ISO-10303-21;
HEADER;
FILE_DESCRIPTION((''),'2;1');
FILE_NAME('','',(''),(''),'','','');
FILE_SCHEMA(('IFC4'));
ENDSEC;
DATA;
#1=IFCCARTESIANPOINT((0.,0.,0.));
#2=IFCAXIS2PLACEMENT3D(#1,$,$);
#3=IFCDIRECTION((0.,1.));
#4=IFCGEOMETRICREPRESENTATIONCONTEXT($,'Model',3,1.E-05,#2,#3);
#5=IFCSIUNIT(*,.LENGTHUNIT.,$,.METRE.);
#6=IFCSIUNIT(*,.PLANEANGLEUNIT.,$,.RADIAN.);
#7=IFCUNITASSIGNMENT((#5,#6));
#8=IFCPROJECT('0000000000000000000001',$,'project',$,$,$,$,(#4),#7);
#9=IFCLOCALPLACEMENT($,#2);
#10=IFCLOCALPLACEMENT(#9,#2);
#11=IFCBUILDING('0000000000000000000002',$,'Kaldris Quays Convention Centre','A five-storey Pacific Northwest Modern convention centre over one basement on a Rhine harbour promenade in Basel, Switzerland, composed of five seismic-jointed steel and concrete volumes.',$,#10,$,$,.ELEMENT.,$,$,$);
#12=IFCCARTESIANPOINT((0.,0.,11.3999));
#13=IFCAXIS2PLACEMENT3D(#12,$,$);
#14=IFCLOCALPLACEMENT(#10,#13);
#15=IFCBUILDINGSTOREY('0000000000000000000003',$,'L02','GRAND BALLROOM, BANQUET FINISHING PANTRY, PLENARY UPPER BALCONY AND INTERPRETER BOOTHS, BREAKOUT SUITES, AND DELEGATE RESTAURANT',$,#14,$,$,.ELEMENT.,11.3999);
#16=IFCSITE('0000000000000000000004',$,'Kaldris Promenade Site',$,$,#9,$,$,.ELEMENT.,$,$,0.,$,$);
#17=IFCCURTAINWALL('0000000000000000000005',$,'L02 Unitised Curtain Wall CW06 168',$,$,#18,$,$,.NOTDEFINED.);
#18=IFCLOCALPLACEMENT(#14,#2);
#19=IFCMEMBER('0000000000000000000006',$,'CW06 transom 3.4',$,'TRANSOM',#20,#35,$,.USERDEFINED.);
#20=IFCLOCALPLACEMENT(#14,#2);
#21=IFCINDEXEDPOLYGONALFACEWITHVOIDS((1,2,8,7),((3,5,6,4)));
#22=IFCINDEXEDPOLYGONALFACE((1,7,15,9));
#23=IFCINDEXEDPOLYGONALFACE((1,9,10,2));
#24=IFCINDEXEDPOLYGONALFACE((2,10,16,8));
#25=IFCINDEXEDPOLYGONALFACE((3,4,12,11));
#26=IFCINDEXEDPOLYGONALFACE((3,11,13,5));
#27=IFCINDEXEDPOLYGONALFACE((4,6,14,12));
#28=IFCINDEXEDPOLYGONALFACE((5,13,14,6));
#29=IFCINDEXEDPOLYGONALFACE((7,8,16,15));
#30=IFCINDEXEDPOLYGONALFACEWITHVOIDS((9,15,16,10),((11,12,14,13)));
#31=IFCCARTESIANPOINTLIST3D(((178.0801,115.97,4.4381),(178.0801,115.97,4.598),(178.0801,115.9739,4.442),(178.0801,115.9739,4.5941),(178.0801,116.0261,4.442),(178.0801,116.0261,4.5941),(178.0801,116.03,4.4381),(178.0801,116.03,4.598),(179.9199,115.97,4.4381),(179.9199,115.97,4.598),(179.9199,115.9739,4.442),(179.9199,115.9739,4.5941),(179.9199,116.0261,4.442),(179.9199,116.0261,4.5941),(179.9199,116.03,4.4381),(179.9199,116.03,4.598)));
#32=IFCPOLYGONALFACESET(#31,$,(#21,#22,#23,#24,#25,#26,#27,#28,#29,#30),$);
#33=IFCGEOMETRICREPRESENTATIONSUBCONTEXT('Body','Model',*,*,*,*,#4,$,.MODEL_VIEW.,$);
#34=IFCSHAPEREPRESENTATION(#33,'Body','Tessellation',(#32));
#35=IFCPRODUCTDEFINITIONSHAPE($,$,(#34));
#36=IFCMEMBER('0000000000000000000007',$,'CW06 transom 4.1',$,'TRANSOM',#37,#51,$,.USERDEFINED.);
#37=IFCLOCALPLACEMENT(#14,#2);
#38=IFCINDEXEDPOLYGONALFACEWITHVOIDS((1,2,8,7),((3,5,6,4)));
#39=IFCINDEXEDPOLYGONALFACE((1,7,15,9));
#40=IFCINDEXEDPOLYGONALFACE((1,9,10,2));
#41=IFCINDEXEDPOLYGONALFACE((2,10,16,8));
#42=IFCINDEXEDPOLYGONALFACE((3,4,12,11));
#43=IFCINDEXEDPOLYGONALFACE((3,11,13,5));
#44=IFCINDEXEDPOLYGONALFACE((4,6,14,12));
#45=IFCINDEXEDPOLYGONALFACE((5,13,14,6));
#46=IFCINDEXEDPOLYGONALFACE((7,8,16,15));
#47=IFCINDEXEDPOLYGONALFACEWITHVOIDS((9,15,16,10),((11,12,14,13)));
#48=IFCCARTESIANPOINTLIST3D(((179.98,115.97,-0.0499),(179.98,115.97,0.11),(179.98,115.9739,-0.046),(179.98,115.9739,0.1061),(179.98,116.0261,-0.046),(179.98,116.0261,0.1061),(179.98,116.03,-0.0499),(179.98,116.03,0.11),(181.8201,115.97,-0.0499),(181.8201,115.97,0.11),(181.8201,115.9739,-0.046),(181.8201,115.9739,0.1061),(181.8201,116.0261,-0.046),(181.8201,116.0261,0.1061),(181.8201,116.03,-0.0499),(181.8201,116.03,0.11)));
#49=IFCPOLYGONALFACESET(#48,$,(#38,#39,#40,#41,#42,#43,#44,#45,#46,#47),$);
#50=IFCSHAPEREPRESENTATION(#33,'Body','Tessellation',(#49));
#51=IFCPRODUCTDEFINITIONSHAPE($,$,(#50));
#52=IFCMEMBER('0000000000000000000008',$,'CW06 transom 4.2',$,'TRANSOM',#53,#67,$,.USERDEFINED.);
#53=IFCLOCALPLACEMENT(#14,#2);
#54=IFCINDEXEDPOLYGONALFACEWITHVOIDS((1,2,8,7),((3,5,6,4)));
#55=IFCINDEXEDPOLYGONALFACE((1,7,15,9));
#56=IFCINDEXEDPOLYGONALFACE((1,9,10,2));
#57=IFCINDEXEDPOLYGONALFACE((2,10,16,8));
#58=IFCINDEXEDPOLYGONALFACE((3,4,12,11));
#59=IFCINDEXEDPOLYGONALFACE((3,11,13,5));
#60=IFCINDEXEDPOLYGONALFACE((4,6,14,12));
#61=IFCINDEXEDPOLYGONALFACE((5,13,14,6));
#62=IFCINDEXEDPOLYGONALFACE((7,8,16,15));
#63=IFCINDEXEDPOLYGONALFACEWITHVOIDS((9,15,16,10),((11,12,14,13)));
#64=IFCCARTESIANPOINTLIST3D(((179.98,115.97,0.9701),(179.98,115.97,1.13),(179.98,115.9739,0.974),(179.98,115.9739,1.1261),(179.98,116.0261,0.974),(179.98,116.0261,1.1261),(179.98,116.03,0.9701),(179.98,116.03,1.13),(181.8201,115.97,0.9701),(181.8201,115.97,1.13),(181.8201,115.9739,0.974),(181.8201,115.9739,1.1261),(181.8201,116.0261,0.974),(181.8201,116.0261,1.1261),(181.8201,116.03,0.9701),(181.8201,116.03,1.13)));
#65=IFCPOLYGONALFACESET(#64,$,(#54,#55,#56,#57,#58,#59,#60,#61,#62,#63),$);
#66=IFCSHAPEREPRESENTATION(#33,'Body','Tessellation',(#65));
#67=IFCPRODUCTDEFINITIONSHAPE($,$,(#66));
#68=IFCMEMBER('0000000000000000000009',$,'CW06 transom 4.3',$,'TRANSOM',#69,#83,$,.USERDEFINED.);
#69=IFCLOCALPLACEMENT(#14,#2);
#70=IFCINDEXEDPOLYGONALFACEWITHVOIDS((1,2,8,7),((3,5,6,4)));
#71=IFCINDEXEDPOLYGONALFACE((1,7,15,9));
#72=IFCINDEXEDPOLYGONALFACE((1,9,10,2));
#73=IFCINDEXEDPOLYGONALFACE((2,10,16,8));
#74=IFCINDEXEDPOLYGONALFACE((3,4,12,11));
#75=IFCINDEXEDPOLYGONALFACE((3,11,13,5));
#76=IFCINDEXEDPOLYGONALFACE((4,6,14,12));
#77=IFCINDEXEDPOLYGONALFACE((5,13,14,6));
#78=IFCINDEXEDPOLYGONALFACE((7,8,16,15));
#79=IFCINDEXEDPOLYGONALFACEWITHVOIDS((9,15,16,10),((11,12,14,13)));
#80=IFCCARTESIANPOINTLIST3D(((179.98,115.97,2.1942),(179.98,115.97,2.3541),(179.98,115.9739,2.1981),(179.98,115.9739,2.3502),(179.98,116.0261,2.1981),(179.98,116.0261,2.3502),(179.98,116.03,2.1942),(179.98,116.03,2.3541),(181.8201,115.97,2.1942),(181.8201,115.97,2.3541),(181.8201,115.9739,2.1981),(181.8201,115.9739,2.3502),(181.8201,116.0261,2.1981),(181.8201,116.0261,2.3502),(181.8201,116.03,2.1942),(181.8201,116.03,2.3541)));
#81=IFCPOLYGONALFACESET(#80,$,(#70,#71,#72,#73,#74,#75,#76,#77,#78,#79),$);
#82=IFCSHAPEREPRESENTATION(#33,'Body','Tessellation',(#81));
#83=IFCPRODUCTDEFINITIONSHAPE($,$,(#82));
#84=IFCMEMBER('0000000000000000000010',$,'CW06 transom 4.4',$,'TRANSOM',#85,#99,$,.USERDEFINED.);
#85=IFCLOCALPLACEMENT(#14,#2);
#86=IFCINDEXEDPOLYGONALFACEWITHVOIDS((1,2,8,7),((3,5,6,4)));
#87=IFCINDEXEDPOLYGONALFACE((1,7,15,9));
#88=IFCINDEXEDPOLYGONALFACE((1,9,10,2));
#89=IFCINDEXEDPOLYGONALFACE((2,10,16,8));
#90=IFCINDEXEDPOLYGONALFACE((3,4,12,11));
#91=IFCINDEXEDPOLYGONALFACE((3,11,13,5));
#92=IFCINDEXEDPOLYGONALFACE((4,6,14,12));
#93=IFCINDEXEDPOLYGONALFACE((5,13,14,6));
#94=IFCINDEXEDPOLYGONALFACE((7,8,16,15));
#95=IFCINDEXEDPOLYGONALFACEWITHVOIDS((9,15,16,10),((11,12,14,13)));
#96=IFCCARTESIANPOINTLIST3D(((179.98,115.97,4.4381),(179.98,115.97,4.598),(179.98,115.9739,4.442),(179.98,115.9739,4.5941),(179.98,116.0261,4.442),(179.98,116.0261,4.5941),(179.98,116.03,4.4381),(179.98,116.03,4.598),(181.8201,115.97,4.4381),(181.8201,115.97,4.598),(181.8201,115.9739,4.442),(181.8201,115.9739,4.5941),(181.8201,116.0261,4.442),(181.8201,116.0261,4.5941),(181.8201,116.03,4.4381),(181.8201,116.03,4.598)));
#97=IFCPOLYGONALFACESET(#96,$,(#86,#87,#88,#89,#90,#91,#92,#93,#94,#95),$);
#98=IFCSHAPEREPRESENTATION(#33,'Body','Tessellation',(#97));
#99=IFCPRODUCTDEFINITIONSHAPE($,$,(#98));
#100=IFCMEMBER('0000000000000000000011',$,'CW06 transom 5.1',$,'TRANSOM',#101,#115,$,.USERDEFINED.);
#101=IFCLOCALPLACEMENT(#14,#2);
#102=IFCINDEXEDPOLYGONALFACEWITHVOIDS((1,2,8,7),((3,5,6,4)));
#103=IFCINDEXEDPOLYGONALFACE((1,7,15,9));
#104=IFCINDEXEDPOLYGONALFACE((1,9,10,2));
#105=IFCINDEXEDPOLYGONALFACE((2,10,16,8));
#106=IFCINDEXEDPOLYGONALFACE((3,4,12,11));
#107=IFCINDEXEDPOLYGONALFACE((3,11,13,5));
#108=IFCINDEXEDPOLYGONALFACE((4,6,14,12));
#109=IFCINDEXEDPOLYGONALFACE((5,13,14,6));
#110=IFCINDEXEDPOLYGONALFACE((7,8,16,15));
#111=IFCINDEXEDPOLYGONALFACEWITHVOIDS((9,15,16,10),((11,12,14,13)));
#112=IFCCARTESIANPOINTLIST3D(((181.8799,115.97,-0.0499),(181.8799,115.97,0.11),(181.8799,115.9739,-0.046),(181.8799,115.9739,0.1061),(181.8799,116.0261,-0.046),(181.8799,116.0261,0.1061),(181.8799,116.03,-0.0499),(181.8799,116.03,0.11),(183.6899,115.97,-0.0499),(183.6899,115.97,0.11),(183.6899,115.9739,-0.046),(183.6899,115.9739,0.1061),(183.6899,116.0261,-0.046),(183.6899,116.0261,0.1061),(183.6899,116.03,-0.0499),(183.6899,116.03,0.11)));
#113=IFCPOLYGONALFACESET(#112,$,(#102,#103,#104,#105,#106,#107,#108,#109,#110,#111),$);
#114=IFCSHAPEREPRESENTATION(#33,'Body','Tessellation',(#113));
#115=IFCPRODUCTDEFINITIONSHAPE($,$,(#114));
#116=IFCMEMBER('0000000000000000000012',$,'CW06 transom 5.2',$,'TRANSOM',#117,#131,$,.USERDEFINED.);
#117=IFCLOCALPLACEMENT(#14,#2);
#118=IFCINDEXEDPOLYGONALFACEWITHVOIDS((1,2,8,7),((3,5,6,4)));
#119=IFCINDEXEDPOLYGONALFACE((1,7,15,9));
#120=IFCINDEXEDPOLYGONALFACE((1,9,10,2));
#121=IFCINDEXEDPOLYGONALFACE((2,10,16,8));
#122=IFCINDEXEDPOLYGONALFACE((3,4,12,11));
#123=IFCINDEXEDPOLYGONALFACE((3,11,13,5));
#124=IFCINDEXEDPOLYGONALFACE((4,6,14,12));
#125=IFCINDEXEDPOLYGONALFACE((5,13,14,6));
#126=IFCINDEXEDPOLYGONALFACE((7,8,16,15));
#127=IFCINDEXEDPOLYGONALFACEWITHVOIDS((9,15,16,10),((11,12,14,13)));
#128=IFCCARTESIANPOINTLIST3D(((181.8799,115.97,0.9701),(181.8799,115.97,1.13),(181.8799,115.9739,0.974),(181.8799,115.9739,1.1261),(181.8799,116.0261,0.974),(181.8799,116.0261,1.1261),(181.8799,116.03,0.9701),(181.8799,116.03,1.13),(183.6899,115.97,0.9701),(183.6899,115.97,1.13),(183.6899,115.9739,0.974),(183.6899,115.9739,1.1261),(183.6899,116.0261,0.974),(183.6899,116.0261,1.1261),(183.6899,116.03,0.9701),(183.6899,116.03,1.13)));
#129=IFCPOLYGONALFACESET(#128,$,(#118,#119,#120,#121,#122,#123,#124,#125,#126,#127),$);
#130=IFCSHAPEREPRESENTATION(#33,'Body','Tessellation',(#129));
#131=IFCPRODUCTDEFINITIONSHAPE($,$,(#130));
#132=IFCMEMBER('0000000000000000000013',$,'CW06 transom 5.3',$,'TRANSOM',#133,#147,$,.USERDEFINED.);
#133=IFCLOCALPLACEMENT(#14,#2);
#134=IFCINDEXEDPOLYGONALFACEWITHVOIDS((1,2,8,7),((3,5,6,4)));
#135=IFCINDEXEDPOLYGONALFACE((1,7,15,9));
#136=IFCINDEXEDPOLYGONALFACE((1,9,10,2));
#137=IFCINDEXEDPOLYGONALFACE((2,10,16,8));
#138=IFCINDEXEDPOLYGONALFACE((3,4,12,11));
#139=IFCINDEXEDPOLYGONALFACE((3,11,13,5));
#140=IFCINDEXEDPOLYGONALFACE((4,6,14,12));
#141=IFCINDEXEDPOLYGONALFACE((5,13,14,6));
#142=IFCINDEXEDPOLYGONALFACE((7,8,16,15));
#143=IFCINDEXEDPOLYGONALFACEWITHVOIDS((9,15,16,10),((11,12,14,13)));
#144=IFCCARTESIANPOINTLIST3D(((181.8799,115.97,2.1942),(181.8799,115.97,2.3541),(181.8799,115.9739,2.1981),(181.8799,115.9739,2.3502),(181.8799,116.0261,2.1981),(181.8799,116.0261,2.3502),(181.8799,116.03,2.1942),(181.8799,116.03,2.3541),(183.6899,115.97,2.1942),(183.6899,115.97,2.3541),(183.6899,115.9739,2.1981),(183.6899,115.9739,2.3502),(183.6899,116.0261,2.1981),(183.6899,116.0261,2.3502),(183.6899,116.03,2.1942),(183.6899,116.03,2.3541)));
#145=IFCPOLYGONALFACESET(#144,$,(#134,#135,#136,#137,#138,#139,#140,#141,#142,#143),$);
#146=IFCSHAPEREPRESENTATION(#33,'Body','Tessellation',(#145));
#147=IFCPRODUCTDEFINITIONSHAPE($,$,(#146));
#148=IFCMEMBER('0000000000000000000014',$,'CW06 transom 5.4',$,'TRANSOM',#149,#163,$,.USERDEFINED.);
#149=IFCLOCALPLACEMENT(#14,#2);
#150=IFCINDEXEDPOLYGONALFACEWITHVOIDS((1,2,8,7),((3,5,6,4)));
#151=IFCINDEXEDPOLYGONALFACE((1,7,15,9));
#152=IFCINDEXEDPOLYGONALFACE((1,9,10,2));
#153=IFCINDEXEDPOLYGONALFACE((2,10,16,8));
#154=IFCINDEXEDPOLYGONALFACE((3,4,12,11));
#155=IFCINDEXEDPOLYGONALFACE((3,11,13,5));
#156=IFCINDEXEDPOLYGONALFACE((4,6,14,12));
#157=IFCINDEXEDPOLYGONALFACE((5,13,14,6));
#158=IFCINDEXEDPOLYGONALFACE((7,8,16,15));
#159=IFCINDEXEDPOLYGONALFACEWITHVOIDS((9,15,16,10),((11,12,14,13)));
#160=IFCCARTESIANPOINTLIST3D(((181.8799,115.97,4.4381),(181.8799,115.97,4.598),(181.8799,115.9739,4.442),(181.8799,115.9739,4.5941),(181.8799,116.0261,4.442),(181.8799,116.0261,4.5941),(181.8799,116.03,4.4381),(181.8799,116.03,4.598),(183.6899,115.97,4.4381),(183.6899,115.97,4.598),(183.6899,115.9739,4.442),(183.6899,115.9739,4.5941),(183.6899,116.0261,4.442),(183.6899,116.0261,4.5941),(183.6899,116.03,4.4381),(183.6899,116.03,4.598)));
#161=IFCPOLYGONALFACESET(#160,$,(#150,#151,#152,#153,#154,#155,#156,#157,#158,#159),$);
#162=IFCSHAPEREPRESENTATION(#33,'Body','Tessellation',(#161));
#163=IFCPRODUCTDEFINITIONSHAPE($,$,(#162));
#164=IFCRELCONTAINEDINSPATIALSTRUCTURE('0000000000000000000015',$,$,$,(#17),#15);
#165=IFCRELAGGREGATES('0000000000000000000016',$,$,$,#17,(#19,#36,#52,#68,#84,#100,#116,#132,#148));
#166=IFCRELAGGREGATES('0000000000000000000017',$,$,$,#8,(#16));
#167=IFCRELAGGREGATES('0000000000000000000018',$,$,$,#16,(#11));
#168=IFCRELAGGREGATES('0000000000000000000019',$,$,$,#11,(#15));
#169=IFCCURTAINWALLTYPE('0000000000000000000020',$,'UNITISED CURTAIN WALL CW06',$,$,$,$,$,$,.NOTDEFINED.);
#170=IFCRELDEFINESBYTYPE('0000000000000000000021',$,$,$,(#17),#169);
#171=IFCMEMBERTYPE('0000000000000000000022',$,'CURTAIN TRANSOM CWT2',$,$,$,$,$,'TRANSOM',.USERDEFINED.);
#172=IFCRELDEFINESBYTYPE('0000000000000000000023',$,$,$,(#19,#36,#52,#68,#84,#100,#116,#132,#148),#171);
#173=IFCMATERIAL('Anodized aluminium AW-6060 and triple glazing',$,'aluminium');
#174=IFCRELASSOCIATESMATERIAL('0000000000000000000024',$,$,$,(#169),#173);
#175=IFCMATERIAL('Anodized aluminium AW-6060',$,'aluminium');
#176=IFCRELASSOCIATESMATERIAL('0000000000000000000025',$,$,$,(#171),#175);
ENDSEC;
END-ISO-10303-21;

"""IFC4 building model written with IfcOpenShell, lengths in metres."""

from ifc_helpers import new_model, si_unit, direction, frame, origin, origin_2d, place, context, subcontext, project, spatial, hollow_rectangle, extrude, material, material_profile, profile_set, type_object, element, aggregate, save


model = new_model("IFC4")

# Units and contexts
model_context = context("Model", 3, precision=1e-05, world=origin(), true_north=direction((0.0, 1.0)))
body_context = subcontext(model_context, "Body", "Model", "MODEL_VIEW")
ifc_project = project(units=[si_unit("LENGTHUNIT", "METRE"), si_unit("PLANEANGLEUNIT", "RADIAN")], contexts=[model_context])

# Site, building, storey
site_placement = place(None, origin())
site = spatial("IfcSite", under=ifc_project, at=site_placement, Name="Kaldris Promenade Site", CompositionType="ELEMENT", RefElevation=0.0)
building_placement = place(site_placement, origin())
building = spatial("IfcBuilding", under=site, at=building_placement, Name="Kaldris Quays Convention Centre", Description="A five-storey Pacific Northwest Modern convention centre over one basement on a Rhine harbour promenade in Basel, Switzerland, composed of five seismic-jointed steel and concrete volumes.", CompositionType="ELEMENT")
storey_placement = place(building_placement, frame((0.0, 0.0, 11.3999)))
storey = spatial("IfcBuildingStorey", under=building, at=storey_placement, Name="L02", Description="GRAND BALLROOM, BANQUET FINISHING PANTRY, PLENARY UPPER BALCONY AND INTERPRETER BOOTHS, BREAKOUT SUITES, AND DELEGATE RESTAURANT", CompositionType="ELEMENT", Elevation=11.3999)

# Curtain wall
ifc_material_1 = material(Name="Anodized aluminium AW-6060 and triple glazing", Category="aluminium")
curtain_wall_type = type_object("IfcCurtainWallType", Name="UNITISED CURTAIN WALL CW06", PredefinedType="NOTDEFINED", material=ifc_material_1)
curtain_wall_1_placement = place(storey_placement, origin())
curtain_wall_1 = element("IfcCurtainWall", 1, at=curtain_wall_1_placement, inside=storey, type_object=curtain_wall_type, Name="L02 Unitised Curtain Wall CW06 168", PredefinedType="NOTDEFINED")
ifc_material_2 = material(Name="Anodized aluminium AW-6060", Category="aluminium")

# Members
ifc_material_profile_1 = material_profile(ifc_material_2, hollow_rectangle(XDim=0.0601, YDim=0.1599, WallThickness=0.0039, at=origin_2d()), Name="RHS 160x60x4")
ifc_profile_set_1 = profile_set([ifc_material_profile_1], Name="Anodized aluminium AW-6060")
member_type_1 = type_object("IfcMemberType", Name="CURTAIN TRANSOM CWT2", ElementType="TRANSOM", PredefinedType="USERDEFINED", material=ifc_profile_set_1)
member_1_placement = place(storey_placement, frame((178.0801, 116.0, 4.5181), z_axis=(1.0, 0.0, 0.0), x_axis=(0.0, 1.0, 0.0)))
member_1 = element("IfcMember", 2, at=member_1_placement, type_object=member_type_1, Name="CW06 transom 3.4", ObjectType="TRANSOM", PredefinedType="USERDEFINED", context=body_context, shape_type="SweptSolid", body=[
    extrude(hollow_rectangle(XDim=0.0601, YDim=0.1599, WallThickness=0.0039, at=origin_2d()), origin(), (0.0, 0.0, 1.0), 1.8398),
])
member_2_placement = place(storey_placement, frame((179.98, 116.0, 0.03), z_axis=(1.0, 0.0, 0.0), x_axis=(0.0, 1.0, 0.0)))
member_2 = element("IfcMember", 3, at=member_2_placement, type_object=member_type_1, Name="CW06 transom 4.1", ObjectType="TRANSOM", PredefinedType="USERDEFINED", context=body_context, shape_type="SweptSolid", body=[
    extrude(hollow_rectangle(XDim=0.0601, YDim=0.1599, WallThickness=0.0039, at=origin_2d()), origin(), (0.0, 0.0, 1.0), 1.8401),
])
member_3_placement = place(storey_placement, frame((179.98, 116.0, 1.05), z_axis=(1.0, 0.0, 0.0), x_axis=(0.0, 1.0, 0.0)))
member_3 = element("IfcMember", 4, at=member_3_placement, type_object=member_type_1, Name="CW06 transom 4.2", ObjectType="TRANSOM", PredefinedType="USERDEFINED", context=body_context, shape_type="SweptSolid", body=[
    extrude(hollow_rectangle(XDim=0.0601, YDim=0.1599, WallThickness=0.0039, at=origin_2d()), origin(), (0.0, 0.0, 1.0), 1.8401),
])
member_4_placement = place(storey_placement, frame((179.98, 116.0, 2.2742), z_axis=(1.0, 0.0, 0.0), x_axis=(0.0, 1.0, 0.0)))
member_4 = element("IfcMember", 5, at=member_4_placement, type_object=member_type_1, Name="CW06 transom 4.3", ObjectType="TRANSOM", PredefinedType="USERDEFINED", context=body_context, shape_type="SweptSolid", body=[
    extrude(hollow_rectangle(XDim=0.0601, YDim=0.1599, WallThickness=0.0039, at=origin_2d()), origin(), (0.0, 0.0, 1.0), 1.8401),
])
member_5_placement = place(storey_placement, frame((179.98, 116.0, 4.5181), z_axis=(1.0, 0.0, 0.0), x_axis=(0.0, 1.0, 0.0)))
member_5 = element("IfcMember", 6, at=member_5_placement, type_object=member_type_1, Name="CW06 transom 4.4", ObjectType="TRANSOM", PredefinedType="USERDEFINED", context=body_context, shape_type="SweptSolid", body=[
    extrude(hollow_rectangle(XDim=0.0601, YDim=0.1599, WallThickness=0.0039, at=origin_2d()), origin(), (0.0, 0.0, 1.0), 1.8401),
])
member_6_placement = place(storey_placement, frame((181.8799, 116.0, 0.03), z_axis=(1.0, 0.0, 0.0), x_axis=(0.0, 1.0, 0.0)))
member_6 = element("IfcMember", 7, at=member_6_placement, type_object=member_type_1, Name="CW06 transom 5.1", ObjectType="TRANSOM", PredefinedType="USERDEFINED", context=body_context, shape_type="SweptSolid", body=[
    extrude(hollow_rectangle(XDim=0.0601, YDim=0.1599, WallThickness=0.0039, at=origin_2d()), origin(), (0.0, 0.0, 1.0), 1.8101),
])
member_7_placement = place(storey_placement, frame((181.8799, 116.0, 1.05), z_axis=(1.0, 0.0, 0.0), x_axis=(0.0, 1.0, 0.0)))
member_7 = element("IfcMember", 8, at=member_7_placement, type_object=member_type_1, Name="CW06 transom 5.2", ObjectType="TRANSOM", PredefinedType="USERDEFINED", context=body_context, shape_type="SweptSolid", body=[
    extrude(hollow_rectangle(XDim=0.0601, YDim=0.1599, WallThickness=0.0039, at=origin_2d()), origin(), (0.0, 0.0, 1.0), 1.8101),
])
member_8_placement = place(storey_placement, frame((181.8799, 116.0, 2.2742), z_axis=(1.0, 0.0, 0.0), x_axis=(0.0, 1.0, 0.0)))
member_8 = element("IfcMember", 9, at=member_8_placement, type_object=member_type_1, Name="CW06 transom 5.3", ObjectType="TRANSOM", PredefinedType="USERDEFINED", context=body_context, shape_type="SweptSolid", body=[
    extrude(hollow_rectangle(XDim=0.0601, YDim=0.1599, WallThickness=0.0039, at=origin_2d()), origin(), (0.0, 0.0, 1.0), 1.8101),
])
member_9_placement = place(storey_placement, frame((181.8799, 116.0, 4.5181), z_axis=(1.0, 0.0, 0.0), x_axis=(0.0, 1.0, 0.0)))
member_9 = element("IfcMember", 10, at=member_9_placement, type_object=member_type_1, Name="CW06 transom 5.4", ObjectType="TRANSOM", PredefinedType="USERDEFINED", context=body_context, shape_type="SweptSolid", body=[
    extrude(hollow_rectangle(XDim=0.0601, YDim=0.1599, WallThickness=0.0039, at=origin_2d()), origin(), (0.0, 0.0, 1.0), 1.8101),
])

aggregate(curtain_wall_1, [member_1, member_2, member_3, member_4, member_5, member_6, member_7, member_8, member_9])

save(model, "model.ifc")
